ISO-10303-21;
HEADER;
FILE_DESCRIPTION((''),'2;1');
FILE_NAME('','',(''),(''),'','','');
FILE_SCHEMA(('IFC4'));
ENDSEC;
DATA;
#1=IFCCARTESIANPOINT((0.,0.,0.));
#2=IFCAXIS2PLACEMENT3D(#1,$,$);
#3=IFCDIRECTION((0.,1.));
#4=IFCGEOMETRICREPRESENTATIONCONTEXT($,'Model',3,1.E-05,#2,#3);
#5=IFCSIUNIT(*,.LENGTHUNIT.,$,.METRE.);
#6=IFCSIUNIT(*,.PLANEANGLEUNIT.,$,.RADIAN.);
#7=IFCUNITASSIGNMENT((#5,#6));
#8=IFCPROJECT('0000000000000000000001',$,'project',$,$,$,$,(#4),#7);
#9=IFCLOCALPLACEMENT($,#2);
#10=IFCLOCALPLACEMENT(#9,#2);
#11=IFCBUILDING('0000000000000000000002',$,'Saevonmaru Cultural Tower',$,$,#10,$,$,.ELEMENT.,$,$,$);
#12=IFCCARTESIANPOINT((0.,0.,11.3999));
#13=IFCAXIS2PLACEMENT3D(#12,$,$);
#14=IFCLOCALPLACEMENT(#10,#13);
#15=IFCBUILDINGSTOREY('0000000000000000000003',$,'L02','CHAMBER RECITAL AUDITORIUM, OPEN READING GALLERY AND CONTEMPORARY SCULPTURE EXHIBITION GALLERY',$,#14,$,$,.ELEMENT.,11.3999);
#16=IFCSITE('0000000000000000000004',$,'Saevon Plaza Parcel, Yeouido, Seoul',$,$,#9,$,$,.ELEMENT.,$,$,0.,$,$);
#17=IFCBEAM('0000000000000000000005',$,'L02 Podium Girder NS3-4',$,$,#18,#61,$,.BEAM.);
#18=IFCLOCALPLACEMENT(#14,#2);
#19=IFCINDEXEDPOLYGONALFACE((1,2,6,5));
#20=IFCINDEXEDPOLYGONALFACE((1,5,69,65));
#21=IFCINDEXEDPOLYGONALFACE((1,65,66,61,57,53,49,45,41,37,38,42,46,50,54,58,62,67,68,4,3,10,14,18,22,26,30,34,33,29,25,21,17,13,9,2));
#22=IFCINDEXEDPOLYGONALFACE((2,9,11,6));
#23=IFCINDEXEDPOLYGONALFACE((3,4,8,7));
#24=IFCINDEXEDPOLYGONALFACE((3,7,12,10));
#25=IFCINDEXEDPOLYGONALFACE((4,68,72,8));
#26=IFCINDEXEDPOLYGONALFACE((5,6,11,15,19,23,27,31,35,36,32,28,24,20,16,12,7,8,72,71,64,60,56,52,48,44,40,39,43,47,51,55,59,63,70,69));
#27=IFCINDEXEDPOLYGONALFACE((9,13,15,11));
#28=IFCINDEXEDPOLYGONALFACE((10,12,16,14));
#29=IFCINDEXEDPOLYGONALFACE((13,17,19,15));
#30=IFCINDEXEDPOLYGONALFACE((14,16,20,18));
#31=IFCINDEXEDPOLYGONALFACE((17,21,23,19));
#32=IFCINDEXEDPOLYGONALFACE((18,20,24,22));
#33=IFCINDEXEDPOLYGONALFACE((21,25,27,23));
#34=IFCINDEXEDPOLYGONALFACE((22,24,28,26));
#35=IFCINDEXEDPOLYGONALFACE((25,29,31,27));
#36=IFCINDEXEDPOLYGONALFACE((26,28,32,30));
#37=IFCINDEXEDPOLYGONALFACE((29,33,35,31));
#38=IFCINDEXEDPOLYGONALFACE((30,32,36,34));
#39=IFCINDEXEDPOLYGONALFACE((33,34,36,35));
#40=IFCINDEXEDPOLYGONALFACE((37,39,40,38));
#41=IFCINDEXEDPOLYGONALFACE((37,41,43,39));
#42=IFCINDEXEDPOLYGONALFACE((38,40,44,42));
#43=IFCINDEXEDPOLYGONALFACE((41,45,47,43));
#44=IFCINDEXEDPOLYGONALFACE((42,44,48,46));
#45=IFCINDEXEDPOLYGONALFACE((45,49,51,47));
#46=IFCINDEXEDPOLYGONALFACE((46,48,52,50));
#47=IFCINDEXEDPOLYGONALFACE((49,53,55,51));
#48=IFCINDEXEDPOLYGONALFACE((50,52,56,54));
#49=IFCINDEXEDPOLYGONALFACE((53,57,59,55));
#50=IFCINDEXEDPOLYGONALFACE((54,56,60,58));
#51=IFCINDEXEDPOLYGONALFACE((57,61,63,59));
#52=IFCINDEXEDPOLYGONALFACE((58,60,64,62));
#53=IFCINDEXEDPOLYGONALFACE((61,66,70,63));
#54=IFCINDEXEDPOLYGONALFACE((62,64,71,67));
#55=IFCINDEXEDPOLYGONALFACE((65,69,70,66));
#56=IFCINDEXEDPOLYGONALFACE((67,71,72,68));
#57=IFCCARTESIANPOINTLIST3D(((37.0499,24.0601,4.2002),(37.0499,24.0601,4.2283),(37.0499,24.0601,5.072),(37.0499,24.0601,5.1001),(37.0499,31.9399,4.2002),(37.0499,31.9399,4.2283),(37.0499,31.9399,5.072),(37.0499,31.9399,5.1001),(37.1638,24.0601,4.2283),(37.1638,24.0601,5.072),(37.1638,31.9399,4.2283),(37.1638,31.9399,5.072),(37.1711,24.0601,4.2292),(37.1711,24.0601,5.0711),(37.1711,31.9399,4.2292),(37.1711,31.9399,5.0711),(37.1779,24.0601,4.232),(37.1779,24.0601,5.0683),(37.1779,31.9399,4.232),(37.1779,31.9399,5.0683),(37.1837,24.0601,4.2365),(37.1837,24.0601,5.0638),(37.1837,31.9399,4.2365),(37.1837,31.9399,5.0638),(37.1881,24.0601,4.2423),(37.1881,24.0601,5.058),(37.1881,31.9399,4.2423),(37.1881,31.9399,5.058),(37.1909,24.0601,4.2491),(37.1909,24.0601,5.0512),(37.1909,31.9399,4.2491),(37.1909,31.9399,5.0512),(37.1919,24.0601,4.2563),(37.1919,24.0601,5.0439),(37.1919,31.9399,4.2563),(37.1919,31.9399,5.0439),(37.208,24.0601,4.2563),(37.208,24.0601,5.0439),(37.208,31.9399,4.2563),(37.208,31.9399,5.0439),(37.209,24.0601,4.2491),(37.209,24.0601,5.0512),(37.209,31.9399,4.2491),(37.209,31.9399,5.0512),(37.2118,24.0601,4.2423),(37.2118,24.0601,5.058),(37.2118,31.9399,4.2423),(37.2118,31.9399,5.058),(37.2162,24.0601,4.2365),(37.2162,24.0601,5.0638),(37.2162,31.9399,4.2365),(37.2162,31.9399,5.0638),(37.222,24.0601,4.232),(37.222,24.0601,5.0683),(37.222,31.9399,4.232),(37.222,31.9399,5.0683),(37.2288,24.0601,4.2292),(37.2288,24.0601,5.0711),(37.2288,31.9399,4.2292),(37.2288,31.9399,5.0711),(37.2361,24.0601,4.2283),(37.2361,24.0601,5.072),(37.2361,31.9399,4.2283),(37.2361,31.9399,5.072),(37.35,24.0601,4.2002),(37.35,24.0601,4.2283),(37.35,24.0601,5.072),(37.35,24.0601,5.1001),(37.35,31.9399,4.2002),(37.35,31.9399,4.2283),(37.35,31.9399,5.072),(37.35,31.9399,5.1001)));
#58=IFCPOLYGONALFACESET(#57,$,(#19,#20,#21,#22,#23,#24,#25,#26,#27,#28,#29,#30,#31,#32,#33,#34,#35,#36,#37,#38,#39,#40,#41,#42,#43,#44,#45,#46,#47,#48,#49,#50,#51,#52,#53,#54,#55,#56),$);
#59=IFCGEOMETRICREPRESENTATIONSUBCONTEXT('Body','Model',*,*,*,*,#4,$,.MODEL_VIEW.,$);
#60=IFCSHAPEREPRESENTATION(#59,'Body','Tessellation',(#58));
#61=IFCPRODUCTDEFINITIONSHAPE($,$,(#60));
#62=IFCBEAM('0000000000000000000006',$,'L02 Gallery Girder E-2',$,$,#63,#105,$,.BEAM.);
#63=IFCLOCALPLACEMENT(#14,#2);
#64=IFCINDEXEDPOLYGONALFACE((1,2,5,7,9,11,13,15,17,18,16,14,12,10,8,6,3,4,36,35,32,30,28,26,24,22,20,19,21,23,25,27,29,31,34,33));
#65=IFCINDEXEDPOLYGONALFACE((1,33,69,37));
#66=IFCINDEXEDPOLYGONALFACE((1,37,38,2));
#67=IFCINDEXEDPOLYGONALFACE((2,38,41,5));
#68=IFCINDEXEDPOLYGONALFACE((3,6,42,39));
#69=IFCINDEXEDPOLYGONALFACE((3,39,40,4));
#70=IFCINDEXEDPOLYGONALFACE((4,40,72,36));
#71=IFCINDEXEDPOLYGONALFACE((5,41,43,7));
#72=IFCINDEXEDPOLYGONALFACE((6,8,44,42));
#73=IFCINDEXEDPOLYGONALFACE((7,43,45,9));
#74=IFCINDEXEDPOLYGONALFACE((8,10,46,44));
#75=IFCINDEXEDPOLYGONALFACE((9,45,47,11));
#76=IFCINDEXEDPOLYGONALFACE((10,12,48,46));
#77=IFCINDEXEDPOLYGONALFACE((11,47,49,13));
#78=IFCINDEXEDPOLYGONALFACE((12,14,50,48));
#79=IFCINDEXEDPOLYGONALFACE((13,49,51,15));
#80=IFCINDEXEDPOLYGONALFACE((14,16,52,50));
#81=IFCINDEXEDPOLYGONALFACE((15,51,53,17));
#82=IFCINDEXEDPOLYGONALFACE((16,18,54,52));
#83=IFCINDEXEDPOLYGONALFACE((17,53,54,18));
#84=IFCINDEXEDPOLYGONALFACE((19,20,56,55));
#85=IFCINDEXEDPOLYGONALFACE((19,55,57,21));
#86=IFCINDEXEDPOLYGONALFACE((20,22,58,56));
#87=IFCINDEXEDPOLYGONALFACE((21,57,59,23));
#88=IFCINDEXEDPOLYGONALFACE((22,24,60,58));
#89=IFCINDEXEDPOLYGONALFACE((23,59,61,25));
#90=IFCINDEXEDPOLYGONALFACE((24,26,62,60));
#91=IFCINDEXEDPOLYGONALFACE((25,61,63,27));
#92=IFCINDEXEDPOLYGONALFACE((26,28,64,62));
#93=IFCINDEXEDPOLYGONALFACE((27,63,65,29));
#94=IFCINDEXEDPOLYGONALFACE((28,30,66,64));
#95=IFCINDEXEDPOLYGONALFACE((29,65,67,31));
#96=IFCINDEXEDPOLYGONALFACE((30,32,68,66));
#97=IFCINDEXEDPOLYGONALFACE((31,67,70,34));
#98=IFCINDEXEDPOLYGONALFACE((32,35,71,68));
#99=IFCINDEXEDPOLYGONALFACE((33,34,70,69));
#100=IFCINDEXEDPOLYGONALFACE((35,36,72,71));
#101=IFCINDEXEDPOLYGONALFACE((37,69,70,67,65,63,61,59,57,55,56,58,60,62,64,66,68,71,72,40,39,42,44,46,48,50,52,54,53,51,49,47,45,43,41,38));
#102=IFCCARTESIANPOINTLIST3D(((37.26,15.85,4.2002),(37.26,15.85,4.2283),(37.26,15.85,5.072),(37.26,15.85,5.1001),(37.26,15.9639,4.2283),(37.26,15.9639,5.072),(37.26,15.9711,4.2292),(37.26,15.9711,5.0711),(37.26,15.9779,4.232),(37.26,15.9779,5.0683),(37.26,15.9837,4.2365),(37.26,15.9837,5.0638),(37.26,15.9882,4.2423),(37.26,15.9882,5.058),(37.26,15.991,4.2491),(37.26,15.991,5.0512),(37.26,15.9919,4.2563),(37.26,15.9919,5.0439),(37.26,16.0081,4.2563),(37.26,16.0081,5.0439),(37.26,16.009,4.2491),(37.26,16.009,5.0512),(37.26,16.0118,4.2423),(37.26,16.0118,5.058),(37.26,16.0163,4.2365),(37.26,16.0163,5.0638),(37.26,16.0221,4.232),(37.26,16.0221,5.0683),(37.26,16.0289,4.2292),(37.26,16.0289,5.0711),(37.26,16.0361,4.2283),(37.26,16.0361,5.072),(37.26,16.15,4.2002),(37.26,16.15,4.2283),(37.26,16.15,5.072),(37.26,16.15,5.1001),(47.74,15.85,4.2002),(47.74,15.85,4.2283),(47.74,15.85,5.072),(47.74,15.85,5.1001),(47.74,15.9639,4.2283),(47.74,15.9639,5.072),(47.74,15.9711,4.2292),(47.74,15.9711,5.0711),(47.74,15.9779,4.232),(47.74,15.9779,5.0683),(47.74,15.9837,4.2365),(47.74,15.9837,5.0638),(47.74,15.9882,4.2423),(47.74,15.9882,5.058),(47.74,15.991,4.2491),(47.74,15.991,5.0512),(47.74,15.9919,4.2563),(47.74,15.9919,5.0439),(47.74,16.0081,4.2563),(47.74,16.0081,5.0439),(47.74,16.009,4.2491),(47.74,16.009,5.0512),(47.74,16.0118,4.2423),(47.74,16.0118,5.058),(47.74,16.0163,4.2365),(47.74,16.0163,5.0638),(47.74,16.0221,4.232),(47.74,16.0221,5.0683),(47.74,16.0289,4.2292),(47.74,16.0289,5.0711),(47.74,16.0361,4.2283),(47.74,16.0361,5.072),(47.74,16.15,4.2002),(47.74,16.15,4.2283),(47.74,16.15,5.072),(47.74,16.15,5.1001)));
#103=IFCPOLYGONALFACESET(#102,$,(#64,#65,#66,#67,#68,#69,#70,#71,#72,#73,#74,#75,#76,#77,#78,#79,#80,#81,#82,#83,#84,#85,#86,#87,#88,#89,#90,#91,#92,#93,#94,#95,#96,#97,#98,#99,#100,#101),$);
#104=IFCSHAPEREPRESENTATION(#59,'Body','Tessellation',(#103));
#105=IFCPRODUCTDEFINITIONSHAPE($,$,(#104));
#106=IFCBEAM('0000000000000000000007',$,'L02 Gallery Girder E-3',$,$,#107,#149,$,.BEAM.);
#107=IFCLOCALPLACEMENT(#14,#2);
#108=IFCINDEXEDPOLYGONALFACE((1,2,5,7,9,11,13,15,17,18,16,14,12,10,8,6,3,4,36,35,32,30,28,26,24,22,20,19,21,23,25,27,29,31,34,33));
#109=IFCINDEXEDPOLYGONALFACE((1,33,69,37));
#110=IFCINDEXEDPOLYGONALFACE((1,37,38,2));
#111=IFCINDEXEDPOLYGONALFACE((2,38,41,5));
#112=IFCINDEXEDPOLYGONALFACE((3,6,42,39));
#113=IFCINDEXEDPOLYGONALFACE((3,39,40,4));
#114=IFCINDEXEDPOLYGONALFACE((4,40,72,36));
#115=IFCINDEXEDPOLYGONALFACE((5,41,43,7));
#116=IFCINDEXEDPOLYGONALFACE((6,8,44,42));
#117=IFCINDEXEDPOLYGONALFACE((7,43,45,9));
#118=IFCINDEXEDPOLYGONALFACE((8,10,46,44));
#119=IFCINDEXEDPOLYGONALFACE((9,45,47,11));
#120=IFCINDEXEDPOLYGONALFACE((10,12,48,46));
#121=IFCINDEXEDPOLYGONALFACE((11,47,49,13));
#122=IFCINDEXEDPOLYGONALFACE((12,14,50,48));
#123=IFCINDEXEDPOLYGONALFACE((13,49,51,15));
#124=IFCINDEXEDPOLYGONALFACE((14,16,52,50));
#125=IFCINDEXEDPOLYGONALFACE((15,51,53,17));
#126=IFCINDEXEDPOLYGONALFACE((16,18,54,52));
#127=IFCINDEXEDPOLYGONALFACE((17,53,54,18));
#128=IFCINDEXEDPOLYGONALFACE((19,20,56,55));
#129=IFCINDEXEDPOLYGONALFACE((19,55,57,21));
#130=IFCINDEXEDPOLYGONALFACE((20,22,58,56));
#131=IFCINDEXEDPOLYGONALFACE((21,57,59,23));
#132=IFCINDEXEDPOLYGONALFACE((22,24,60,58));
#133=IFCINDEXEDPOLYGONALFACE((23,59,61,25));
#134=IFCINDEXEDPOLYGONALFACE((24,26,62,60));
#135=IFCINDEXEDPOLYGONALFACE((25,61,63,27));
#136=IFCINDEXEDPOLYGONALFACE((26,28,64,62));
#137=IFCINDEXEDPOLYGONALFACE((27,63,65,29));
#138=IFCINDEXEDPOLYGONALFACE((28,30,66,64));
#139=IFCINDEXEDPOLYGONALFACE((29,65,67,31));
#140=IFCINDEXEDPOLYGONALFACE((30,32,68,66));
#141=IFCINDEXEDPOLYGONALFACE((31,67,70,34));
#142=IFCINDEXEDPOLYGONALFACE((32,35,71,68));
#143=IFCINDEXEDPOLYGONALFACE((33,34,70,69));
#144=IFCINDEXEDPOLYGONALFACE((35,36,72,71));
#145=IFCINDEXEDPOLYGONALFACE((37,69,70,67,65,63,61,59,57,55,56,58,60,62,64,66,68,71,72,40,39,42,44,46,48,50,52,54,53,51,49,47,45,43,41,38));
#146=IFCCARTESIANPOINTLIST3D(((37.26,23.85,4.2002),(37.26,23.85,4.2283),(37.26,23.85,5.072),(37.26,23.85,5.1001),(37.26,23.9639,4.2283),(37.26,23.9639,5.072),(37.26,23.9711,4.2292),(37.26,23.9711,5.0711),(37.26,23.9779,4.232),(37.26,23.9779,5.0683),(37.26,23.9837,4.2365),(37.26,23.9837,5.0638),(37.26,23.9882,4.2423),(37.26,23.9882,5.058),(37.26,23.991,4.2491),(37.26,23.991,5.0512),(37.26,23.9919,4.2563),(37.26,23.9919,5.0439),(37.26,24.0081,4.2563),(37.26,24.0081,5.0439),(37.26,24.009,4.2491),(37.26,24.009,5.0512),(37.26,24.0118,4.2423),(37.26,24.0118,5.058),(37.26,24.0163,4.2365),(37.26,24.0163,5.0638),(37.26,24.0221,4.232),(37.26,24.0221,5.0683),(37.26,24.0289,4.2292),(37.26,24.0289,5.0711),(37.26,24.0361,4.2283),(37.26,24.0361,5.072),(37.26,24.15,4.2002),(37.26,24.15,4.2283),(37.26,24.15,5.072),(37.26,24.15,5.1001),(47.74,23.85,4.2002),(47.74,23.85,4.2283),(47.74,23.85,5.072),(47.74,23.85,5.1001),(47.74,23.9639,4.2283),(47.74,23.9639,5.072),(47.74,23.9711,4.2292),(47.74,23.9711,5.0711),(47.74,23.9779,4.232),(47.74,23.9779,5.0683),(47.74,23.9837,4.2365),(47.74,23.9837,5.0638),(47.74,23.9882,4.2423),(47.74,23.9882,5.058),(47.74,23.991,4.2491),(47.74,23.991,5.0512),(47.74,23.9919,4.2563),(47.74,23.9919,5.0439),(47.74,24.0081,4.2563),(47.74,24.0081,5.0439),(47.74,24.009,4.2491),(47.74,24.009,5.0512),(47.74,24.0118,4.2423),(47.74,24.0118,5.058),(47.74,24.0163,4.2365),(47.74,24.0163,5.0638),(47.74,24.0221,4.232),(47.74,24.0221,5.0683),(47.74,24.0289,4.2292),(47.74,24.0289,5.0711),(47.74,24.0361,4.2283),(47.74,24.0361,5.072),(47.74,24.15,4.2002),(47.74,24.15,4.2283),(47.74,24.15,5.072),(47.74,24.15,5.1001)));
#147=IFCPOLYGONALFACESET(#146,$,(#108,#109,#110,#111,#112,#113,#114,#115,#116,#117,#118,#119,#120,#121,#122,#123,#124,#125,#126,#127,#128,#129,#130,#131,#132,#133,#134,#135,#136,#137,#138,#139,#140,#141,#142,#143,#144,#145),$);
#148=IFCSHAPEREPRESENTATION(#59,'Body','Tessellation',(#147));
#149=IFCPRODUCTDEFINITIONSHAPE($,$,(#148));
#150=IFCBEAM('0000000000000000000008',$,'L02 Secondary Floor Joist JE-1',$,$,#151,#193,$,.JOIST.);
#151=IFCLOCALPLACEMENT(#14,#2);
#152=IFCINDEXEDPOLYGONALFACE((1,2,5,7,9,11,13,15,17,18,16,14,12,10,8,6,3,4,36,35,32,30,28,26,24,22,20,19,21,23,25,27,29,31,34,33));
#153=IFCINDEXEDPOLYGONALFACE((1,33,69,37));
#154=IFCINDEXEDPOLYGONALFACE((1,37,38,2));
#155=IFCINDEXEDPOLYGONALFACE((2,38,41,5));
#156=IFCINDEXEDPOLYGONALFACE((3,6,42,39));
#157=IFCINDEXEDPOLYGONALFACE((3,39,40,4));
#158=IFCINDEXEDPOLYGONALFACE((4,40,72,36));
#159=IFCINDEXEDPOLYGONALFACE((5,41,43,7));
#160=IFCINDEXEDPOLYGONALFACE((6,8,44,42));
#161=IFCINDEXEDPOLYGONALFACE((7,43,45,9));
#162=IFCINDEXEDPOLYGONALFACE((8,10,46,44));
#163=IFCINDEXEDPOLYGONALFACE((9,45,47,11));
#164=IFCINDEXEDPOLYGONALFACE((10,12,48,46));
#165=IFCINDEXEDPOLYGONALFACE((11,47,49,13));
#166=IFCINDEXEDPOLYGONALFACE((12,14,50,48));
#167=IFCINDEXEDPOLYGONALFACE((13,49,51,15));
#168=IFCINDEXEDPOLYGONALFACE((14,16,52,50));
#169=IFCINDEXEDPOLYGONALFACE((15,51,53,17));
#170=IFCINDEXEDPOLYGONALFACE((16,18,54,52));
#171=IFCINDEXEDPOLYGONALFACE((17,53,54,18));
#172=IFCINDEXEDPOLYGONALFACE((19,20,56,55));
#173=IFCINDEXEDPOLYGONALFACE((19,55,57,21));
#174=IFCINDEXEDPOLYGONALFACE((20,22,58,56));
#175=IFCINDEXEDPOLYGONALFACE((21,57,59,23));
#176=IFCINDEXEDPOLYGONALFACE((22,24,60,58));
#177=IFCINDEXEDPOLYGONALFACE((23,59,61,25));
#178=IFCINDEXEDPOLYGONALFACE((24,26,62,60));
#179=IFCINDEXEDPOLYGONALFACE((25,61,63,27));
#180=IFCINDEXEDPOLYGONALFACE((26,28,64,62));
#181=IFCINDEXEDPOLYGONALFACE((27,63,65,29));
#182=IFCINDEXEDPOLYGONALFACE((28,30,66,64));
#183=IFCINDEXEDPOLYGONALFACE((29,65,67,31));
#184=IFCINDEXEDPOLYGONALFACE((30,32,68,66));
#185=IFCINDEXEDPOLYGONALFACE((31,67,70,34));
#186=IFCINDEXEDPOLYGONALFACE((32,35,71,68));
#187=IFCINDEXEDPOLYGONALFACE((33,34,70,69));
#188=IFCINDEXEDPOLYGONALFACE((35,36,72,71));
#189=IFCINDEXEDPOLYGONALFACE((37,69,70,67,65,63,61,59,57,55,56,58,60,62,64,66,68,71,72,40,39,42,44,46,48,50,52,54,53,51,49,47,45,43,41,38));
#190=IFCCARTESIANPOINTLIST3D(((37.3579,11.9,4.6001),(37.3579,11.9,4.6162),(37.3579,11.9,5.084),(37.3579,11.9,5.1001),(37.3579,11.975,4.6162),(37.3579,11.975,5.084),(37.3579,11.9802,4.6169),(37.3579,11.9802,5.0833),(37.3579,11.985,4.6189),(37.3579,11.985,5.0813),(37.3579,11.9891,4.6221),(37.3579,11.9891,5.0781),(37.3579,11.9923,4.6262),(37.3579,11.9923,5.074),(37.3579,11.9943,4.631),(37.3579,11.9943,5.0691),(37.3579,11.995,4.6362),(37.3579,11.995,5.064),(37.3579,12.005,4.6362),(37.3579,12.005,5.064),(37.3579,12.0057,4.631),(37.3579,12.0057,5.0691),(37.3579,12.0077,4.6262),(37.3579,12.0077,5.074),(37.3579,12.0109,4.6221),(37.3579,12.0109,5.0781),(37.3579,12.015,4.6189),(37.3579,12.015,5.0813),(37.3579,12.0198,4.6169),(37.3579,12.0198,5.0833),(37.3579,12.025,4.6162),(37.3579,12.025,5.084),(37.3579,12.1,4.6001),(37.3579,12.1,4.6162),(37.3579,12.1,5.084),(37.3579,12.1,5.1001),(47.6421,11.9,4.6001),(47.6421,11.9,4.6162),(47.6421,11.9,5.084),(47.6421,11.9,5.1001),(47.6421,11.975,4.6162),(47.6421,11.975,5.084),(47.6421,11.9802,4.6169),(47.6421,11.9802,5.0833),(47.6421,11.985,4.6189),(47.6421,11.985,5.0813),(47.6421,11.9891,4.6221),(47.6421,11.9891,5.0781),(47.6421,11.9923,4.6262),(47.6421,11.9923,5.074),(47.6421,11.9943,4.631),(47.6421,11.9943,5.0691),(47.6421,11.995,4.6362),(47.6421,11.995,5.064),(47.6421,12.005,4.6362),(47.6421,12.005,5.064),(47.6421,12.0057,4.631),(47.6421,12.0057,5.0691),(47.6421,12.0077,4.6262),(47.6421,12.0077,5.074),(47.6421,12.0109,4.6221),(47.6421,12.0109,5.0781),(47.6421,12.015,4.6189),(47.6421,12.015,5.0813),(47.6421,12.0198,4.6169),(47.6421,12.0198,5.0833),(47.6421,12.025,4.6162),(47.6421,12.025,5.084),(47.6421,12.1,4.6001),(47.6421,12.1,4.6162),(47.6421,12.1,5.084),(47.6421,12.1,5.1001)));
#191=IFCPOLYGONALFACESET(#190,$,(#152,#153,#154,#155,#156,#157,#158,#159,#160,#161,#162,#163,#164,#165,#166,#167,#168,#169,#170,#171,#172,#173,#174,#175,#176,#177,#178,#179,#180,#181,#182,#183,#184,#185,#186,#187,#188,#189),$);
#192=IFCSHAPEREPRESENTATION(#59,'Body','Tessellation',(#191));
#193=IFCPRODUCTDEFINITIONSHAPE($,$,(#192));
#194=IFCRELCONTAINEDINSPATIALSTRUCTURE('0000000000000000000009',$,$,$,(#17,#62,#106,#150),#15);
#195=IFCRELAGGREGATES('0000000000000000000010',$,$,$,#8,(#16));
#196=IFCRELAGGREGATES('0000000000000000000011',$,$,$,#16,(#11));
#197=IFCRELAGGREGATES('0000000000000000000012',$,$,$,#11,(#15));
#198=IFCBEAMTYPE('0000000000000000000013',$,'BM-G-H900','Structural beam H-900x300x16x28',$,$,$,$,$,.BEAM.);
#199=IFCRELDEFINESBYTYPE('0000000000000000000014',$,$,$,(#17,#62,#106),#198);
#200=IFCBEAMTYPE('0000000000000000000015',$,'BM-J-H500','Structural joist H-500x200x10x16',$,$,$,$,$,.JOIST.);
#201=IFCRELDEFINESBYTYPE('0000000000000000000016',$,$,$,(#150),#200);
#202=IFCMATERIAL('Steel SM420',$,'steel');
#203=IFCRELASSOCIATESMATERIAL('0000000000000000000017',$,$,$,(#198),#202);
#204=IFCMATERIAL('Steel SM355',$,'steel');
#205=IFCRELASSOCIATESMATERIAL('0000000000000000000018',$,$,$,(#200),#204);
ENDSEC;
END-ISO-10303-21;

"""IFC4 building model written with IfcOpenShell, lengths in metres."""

from ifc_helpers import new_model, si_unit, direction, frame, origin, origin_2d, place, context, subcontext, project, spatial, i_section, extrude, material, material_profile, profile_set, type_object, element, save


model = new_model("IFC4")

# Units and contexts
model_context = context("Model", 3, precision=1e-05, world=origin(), true_north=direction((0.0, 1.0)))
body_context = subcontext(model_context, "Body", "Model", "MODEL_VIEW")
ifc_project = project(units=[si_unit("LENGTHUNIT", "METRE"), si_unit("PLANEANGLEUNIT", "RADIAN")], contexts=[model_context])

# Site, building, storey
site_placement = place(None, origin())
site = spatial("IfcSite", under=ifc_project, at=site_placement, Name="Saevon Plaza Parcel, Yeouido, Seoul", CompositionType="ELEMENT", RefElevation=0.0)
building_placement = place(site_placement, origin())
building = spatial("IfcBuilding", under=site, at=building_placement, Name="Saevonmaru Cultural Tower", CompositionType="ELEMENT")
storey_placement = place(building_placement, frame((0.0, 0.0, 11.3999)))
storey = spatial("IfcBuildingStorey", under=building, at=storey_placement, Name="L02", Description="CHAMBER RECITAL AUDITORIUM, OPEN READING GALLERY AND CONTEMPORARY SCULPTURE EXHIBITION GALLERY", CompositionType="ELEMENT", Elevation=11.3999)

# Shared definitions
ifc_material_1 = material(Name="Steel SM420", Category="steel")

# Beams
ifc_material_profile_1 = material_profile(ifc_material_1, i_section(OverallWidth=0.3, OverallDepth=0.8999, WebThickness=0.0161, FlangeThickness=0.0281, FilletRadius=0.0281, at=origin_2d()), Name="H-900x300x16x28")
ifc_profile_set_1 = profile_set([ifc_material_profile_1], Name="Steel SM420")
beam_type_1 = type_object("IfcBeamType", Name="BM-G-H900", Description="Structural beam H-900x300x16x28", PredefinedType="BEAM", material=ifc_profile_set_1)
for number, where, z_axis, x_axis, name in (
    (1, (37.2, 24.0601, 4.6501), (0.0, 1.0, 0.0), (-1.0, 0.0, 0.0), "L02 Podium Girder NS3-4"),
):
    element("IfcBeam", number, at=place(storey_placement, frame(where, z_axis=z_axis, x_axis=x_axis)), inside=storey, type_object=beam_type_1, Name=name, PredefinedType="BEAM", context=body_context, shape_type="SweptSolid", body=[
        extrude(i_section(OverallWidth=0.3, OverallDepth=0.8999, WebThickness=0.0161, FlangeThickness=0.0281, FilletRadius=0.0281, at=origin_2d()), origin(), (0.0, 0.0, 1.0), 7.8799),
    ])
for number, where, z_axis, x_axis, name in (
    (2, (37.26, 16.0, 4.6501), (1.0, 0.0, 0.0), (0.0, 1.0, 0.0), "L02 Gallery Girder E-2"),
    (3, (37.26, 24.0, 4.6501), (1.0, 0.0, 0.0), (0.0, 1.0, 0.0), "L02 Gallery Girder E-3"),
):
    element("IfcBeam", number, at=place(storey_placement, frame(where, z_axis=z_axis, x_axis=x_axis)), inside=storey, type_object=beam_type_1, Name=name, PredefinedType="BEAM", context=body_context, shape_type="SweptSolid", body=[
        extrude(i_section(OverallWidth=0.3, OverallDepth=0.8999, WebThickness=0.0161, FlangeThickness=0.0281, FilletRadius=0.0281, at=origin_2d()), origin(), (0.0, 0.0, 1.0), 10.48),
    ])
ifc_material_2 = material(Name="Steel SM355", Category="steel")
ifc_material_profile_2 = material_profile(ifc_material_2, i_section(OverallWidth=0.2, OverallDepth=0.5, WebThickness=0.01, FlangeThickness=0.0161, FilletRadius=0.02, at=origin_2d()), Name="H-500x200x10x16")
ifc_profile_set_2 = profile_set([ifc_material_profile_2], Name="Steel SM355")
beam_type_2 = type_object("IfcBeamType", Name="BM-J-H500", Description="Structural joist H-500x200x10x16", PredefinedType="JOIST", material=ifc_profile_set_2)
for number, where, z_axis, x_axis, name in (
    (4, (37.3579, 12.0, 4.8501), (1.0, 0.0, 0.0), (0.0, 1.0, 0.0), "L02 Secondary Floor Joist JE-1"),
):
    element("IfcBeam", number, at=place(storey_placement, frame(where, z_axis=z_axis, x_axis=x_axis)), inside=storey, type_object=beam_type_2, Name=name, PredefinedType="JOIST", context=body_context, shape_type="SweptSolid", body=[
        extrude(i_section(OverallWidth=0.2, OverallDepth=0.5, WebThickness=0.01, FlangeThickness=0.0161, FilletRadius=0.02, at=origin_2d()), origin(), (0.0, 0.0, 1.0), 10.2842),
    ])

save(model, "model.ifc")
